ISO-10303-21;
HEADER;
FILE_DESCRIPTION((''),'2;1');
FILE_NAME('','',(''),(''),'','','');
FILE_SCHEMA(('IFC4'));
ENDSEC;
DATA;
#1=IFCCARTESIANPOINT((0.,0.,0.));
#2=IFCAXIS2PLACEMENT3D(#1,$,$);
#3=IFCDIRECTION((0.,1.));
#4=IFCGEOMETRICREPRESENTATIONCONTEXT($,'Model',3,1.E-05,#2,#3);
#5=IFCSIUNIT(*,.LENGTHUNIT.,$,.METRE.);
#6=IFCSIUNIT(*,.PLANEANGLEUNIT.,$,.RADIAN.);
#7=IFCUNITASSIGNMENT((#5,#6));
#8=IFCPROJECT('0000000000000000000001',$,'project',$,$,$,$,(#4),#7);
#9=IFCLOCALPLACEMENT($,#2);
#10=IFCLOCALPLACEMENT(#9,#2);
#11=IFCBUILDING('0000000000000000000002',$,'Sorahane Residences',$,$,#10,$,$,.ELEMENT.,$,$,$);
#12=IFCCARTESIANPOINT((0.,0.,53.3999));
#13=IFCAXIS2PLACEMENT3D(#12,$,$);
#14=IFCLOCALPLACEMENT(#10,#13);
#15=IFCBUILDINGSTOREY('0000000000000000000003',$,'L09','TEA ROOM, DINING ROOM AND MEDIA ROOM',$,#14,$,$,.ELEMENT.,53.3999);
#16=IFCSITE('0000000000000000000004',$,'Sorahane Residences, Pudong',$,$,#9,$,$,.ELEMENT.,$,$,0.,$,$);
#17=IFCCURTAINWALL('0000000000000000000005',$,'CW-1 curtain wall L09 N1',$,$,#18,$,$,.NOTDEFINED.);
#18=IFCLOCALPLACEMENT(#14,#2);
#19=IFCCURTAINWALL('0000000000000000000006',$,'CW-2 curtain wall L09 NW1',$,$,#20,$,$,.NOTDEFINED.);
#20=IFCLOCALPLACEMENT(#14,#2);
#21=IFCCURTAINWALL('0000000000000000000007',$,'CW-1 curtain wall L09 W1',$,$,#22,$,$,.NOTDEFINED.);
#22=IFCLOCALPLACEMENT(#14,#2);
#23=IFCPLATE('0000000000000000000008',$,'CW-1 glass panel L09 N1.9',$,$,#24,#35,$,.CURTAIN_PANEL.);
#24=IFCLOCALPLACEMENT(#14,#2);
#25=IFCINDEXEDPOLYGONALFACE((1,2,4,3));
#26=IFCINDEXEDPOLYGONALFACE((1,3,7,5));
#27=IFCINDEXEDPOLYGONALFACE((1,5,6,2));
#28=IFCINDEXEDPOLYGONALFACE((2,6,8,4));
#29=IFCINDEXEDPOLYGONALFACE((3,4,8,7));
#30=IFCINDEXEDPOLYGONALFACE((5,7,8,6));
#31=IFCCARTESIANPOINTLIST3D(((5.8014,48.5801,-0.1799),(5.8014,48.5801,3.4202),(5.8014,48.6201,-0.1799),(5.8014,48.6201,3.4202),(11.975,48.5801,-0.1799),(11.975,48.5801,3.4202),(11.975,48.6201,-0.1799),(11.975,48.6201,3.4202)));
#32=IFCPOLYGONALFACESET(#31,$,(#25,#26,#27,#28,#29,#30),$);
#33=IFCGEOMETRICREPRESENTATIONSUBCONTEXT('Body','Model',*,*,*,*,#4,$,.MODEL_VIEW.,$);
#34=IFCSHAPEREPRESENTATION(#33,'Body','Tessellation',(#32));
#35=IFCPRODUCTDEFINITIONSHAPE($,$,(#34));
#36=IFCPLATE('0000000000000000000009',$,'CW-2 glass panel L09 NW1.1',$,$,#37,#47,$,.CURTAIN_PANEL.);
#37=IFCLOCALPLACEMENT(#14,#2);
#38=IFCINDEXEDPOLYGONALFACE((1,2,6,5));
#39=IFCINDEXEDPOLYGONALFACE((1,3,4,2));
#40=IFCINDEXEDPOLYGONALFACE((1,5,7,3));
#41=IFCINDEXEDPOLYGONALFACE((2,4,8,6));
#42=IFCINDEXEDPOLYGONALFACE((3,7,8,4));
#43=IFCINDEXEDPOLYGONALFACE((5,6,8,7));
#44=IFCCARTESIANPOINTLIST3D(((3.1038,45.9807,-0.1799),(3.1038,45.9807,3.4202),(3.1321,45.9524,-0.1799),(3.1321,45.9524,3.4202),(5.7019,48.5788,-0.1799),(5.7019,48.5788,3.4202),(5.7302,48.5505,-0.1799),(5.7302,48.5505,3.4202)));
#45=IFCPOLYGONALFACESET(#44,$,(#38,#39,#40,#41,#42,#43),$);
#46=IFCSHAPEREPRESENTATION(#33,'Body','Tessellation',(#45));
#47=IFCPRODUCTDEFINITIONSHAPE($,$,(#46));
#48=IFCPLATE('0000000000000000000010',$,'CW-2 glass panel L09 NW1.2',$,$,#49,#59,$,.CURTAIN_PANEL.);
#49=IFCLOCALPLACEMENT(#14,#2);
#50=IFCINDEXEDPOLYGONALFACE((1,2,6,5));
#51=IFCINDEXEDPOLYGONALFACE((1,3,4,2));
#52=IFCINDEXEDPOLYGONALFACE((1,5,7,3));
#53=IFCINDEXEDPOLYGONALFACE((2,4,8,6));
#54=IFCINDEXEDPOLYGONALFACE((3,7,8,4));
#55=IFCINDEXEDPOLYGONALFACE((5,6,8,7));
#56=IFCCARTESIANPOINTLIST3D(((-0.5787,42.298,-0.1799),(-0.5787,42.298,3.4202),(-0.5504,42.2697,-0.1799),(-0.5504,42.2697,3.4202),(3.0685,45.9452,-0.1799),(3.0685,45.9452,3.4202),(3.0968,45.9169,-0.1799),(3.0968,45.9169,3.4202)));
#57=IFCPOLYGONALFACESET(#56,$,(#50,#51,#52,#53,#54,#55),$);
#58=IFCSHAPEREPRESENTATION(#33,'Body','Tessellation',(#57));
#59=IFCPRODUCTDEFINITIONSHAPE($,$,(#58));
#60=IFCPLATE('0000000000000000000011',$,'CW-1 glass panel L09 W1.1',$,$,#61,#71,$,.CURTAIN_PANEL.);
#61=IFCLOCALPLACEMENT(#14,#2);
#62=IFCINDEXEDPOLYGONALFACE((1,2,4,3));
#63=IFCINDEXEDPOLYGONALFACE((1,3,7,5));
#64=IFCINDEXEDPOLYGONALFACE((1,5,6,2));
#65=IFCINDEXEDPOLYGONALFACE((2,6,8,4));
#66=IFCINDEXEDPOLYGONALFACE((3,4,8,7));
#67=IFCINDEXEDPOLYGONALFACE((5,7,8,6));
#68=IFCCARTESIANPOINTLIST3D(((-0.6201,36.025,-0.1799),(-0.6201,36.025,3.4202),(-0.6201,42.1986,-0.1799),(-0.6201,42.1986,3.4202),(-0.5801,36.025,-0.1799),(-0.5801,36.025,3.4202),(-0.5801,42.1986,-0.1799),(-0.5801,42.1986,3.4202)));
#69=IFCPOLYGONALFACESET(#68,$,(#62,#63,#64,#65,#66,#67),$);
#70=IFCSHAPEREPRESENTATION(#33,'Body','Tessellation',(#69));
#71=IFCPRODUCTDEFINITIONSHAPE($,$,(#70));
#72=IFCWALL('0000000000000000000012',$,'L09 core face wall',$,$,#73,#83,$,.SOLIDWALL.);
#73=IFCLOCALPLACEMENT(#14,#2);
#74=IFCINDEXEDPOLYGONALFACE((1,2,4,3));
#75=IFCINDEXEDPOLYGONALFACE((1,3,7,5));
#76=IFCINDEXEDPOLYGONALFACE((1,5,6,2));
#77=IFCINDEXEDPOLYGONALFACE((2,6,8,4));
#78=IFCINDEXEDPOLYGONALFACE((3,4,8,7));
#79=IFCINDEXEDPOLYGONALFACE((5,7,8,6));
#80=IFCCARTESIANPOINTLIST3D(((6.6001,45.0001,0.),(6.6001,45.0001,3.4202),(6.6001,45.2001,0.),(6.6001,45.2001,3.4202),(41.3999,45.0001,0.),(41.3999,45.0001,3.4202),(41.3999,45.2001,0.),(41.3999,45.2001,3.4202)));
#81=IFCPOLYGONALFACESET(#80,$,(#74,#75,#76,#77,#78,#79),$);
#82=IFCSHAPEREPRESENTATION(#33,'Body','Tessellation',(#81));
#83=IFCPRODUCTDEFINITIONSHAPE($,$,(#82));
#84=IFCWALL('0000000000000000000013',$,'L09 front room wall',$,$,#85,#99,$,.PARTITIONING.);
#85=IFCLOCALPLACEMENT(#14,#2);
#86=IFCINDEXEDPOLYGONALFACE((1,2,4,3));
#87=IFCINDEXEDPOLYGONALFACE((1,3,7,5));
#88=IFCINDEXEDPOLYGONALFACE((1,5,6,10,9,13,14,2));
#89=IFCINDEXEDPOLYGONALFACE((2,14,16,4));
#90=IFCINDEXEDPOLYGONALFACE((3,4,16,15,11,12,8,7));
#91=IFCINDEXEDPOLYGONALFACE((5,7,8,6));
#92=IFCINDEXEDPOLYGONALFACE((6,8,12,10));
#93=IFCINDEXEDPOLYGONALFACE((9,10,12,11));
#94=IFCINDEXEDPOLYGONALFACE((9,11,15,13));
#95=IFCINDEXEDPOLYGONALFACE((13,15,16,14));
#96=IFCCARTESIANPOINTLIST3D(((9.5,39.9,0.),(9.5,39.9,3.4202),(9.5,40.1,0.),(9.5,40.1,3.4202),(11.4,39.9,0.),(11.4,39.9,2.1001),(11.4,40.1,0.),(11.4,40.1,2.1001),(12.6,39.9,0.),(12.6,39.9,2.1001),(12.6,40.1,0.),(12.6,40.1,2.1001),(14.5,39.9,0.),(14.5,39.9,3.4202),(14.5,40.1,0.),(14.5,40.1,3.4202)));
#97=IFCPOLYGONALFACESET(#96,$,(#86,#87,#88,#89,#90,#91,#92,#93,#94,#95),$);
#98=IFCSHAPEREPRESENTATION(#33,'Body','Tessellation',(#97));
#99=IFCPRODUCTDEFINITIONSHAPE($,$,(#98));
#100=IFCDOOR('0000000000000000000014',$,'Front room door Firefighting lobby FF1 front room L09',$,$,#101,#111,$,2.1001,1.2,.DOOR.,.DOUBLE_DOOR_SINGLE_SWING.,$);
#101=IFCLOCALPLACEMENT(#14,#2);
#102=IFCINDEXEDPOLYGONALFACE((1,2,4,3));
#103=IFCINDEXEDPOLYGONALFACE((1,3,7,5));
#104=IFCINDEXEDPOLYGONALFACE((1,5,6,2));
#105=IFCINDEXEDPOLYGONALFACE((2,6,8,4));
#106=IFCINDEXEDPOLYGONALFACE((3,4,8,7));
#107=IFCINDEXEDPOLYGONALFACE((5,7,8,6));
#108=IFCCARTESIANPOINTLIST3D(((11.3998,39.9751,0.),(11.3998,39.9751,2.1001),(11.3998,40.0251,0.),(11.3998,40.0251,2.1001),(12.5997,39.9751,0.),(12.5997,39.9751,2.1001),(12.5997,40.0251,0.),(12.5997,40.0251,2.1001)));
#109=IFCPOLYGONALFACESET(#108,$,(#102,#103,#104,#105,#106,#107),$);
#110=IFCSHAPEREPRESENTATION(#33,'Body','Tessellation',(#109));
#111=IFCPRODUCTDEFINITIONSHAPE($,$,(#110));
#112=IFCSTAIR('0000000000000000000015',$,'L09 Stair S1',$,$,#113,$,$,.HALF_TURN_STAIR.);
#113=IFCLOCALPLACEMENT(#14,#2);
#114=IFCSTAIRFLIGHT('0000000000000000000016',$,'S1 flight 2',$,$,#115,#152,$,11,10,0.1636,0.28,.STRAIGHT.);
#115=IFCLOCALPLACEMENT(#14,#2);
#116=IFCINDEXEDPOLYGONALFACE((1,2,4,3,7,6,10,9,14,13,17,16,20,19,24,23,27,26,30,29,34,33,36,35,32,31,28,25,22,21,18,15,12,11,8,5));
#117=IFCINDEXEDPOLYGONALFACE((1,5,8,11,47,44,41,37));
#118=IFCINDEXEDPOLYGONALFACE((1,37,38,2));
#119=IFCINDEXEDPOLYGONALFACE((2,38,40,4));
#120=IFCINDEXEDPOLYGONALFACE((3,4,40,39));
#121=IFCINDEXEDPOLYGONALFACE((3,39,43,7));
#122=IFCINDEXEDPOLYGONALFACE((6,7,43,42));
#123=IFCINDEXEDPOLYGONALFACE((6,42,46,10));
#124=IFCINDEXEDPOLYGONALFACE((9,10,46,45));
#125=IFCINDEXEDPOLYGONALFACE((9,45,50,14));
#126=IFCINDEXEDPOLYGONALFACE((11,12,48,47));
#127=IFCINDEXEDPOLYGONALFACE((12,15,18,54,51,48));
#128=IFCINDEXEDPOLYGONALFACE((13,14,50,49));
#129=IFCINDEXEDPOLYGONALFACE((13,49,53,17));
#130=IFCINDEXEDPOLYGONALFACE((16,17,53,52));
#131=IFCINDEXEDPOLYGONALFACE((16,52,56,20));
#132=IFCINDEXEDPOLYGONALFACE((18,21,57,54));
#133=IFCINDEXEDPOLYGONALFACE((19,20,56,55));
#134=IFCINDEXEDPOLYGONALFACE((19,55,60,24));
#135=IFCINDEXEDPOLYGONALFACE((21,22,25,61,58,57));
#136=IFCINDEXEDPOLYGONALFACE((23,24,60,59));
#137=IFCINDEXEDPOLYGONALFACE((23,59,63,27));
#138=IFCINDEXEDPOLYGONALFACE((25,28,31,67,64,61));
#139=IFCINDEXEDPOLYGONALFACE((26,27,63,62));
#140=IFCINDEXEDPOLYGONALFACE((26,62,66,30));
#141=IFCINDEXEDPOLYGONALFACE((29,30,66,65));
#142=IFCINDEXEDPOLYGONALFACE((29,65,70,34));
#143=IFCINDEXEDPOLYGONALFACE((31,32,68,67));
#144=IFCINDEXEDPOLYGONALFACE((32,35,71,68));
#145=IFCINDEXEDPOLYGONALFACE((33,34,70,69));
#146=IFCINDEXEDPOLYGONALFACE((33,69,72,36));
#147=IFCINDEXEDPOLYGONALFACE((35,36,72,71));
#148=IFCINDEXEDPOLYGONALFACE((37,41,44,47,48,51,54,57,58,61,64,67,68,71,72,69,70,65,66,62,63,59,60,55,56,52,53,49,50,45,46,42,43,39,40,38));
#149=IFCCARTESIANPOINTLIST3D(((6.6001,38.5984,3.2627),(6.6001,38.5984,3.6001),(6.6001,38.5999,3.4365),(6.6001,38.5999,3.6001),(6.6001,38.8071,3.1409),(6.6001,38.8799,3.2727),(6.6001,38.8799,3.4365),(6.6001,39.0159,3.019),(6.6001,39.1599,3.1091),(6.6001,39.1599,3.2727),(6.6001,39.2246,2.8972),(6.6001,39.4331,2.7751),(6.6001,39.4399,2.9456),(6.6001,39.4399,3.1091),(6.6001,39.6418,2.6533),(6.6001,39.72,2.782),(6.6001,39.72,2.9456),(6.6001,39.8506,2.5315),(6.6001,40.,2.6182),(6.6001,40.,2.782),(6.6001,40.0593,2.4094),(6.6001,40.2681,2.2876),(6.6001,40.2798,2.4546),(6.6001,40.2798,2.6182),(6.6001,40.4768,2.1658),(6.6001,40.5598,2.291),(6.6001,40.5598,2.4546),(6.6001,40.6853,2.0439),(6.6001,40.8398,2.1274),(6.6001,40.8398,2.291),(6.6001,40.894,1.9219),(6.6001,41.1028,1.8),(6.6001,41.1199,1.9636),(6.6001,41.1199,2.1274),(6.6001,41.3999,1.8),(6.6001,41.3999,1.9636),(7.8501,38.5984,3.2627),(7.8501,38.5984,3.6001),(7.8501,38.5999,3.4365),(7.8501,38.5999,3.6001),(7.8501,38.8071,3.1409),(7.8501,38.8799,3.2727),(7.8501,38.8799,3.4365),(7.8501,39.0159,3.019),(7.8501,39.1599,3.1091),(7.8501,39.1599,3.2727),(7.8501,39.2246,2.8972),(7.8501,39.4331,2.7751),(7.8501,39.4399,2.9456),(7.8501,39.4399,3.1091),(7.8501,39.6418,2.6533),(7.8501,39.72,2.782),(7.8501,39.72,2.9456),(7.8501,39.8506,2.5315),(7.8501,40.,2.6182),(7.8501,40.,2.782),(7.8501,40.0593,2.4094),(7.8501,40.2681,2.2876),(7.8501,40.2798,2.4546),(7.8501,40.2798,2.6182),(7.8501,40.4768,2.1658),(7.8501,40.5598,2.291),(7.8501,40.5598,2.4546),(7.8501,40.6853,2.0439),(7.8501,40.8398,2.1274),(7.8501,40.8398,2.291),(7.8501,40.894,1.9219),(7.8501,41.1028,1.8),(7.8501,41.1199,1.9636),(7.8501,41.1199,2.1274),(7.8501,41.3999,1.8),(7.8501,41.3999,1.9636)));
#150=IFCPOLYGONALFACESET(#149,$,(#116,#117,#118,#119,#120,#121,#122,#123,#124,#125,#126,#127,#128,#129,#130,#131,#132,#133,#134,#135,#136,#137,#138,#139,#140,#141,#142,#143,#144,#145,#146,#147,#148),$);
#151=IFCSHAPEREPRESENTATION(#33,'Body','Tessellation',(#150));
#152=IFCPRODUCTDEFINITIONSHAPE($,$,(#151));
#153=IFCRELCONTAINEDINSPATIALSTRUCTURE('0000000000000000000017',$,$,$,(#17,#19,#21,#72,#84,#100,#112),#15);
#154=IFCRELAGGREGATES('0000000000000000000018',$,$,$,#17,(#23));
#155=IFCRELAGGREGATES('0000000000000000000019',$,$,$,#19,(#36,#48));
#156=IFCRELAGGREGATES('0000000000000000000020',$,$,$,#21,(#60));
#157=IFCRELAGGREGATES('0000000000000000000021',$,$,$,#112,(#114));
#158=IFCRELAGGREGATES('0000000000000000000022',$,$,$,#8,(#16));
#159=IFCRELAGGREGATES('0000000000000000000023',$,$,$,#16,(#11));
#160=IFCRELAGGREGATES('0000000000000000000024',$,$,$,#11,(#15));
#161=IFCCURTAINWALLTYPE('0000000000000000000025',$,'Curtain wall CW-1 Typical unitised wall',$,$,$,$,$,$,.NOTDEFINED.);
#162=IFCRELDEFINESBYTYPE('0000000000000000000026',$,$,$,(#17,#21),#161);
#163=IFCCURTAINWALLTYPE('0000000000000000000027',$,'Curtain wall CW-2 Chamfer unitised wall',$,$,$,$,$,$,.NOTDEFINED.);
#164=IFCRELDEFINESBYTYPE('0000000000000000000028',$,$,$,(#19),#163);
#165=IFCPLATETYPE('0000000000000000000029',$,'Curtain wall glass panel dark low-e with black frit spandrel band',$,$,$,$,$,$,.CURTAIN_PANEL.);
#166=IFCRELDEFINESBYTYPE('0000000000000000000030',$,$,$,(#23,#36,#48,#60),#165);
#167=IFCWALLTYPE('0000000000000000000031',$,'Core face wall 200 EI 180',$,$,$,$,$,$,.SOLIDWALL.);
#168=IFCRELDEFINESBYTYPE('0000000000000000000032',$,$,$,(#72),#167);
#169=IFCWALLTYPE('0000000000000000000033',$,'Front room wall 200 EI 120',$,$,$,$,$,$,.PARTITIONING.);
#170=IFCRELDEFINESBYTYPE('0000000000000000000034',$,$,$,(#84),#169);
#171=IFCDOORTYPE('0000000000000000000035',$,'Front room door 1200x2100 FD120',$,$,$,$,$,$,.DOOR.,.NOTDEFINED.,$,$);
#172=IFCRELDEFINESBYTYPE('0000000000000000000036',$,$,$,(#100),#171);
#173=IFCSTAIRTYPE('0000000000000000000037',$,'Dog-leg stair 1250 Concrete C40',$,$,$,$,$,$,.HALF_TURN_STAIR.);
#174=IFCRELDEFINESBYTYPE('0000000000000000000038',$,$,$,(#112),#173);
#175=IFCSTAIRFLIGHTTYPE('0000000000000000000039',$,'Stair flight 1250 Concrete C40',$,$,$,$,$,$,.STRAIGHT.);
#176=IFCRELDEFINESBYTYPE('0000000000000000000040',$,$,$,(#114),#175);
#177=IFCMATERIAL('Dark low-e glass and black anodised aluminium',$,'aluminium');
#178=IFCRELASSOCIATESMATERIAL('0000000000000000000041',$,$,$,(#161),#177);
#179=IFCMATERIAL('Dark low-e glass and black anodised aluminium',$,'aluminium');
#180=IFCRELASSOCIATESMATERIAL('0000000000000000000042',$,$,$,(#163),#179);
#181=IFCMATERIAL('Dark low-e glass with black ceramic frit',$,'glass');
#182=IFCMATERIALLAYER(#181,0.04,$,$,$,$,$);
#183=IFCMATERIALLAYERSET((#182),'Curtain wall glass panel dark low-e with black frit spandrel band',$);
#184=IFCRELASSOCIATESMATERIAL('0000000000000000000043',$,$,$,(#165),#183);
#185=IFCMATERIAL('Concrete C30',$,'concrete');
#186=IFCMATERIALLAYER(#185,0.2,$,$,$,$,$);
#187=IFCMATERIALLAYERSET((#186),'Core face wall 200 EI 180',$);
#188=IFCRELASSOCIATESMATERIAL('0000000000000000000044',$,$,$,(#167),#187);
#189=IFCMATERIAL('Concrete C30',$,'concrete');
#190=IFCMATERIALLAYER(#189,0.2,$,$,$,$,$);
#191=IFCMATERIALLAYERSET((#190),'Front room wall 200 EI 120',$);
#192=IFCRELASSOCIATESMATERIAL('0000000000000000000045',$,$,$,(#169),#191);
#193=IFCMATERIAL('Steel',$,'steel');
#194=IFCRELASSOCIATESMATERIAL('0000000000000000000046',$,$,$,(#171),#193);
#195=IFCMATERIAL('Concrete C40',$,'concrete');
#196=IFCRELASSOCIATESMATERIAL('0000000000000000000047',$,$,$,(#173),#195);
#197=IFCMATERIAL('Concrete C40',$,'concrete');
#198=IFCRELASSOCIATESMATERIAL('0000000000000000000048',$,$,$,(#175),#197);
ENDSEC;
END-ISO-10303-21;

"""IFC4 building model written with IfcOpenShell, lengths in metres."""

from ifc_helpers import new_model, si_unit, direction, frame, frame_2d, origin, origin_2d, place, context, subcontext, project, spatial, polyline, rectangle, outline, extrude, material, layer, layer_set, type_object, element, fill, aggregate, save


model = new_model("IFC4")

# Units and contexts
model_context = context("Model", 3, precision=1e-05, world=origin(), true_north=direction((0.0, 1.0)))
body_context = subcontext(model_context, "Body", "Model", "MODEL_VIEW")
ifc_project = project(units=[si_unit("LENGTHUNIT", "METRE"), si_unit("PLANEANGLEUNIT", "RADIAN")], contexts=[model_context])

# Site, building, storey
site_placement = place(None, origin())
site = spatial("IfcSite", under=ifc_project, at=site_placement, Name="Sorahane Residences, Pudong", CompositionType="ELEMENT", RefElevation=0.0)
building_placement = place(site_placement, origin())
building = spatial("IfcBuilding", under=site, at=building_placement, Name="Sorahane Residences", CompositionType="ELEMENT")
storey_placement = place(building_placement, frame((0.0, 0.0, 53.3999)))
storey = spatial("IfcBuildingStorey", under=building, at=storey_placement, Name="L09", Description="TEA ROOM, DINING ROOM AND MEDIA ROOM", CompositionType="ELEMENT", Elevation=53.3999)

# Curtain wall
ifc_material_1 = material(Name="Dark low-e glass and black anodised aluminium", Category="aluminium")
curtain_wall_type_1 = type_object("IfcCurtainWallType", Name="Curtain wall CW-1 Typical unitised wall", PredefinedType="NOTDEFINED", material=ifc_material_1)
curtain_wall_1_placement = place(storey_placement, origin())
curtain_wall_1 = element("IfcCurtainWall", 1, at=curtain_wall_1_placement, inside=storey, type_object=curtain_wall_type_1, Name="CW-1 curtain wall L09 N1", PredefinedType="NOTDEFINED")

# Curtain wall
ifc_material_2 = material(Name="Dark low-e glass and black anodised aluminium", Category="aluminium")
curtain_wall_type_2 = type_object("IfcCurtainWallType", Name="Curtain wall CW-2 Chamfer unitised wall", PredefinedType="NOTDEFINED", material=ifc_material_2)
curtain_wall_2_placement = place(storey_placement, origin())
curtain_wall_2 = element("IfcCurtainWall", 2, at=curtain_wall_2_placement, inside=storey, type_object=curtain_wall_type_2, Name="CW-2 curtain wall L09 NW1", PredefinedType="NOTDEFINED")

# Curtain wall
curtain_wall_3_placement = place(storey_placement, origin())
curtain_wall_3 = element("IfcCurtainWall", 3, at=curtain_wall_3_placement, inside=storey, type_object=curtain_wall_type_1, Name="CW-1 curtain wall L09 W1", PredefinedType="NOTDEFINED")

# Plates
ifc_material_3 = material(Name="Dark low-e glass with black ceramic frit", Category="glass")
ifc_layer_1 = layer(ifc_material_3, 0.04)
ifc_layer_set_1 = layer_set([ifc_layer_1], Name="Curtain wall glass panel dark low-e with black frit spandrel band")
plate_type = type_object("IfcPlateType", Name="Curtain wall glass panel dark low-e with black frit spandrel band", PredefinedType="CURTAIN_PANEL", material=ifc_layer_set_1)
plate_1_placement = place(storey_placement, frame((8.8882, 48.6001, -0.1799), z_axis=(0.0, 0.0, 1.0), x_axis=(-1.0, 0.0, 0.0)))
plate_1 = element("IfcPlate", 4, at=plate_1_placement, type_object=plate_type, Name="CW-1 glass panel L09 N1.9", PredefinedType="CURTAIN_PANEL", context=body_context, shape_type="SweptSolid", body=[
    extrude(rectangle(XDim=6.1736, YDim=0.04, at=origin_2d()), origin(), (0.0, 0.0, 1.0), 3.6001),
])
aggregate(curtain_wall_1, [plate_1])
plate_2_placement = place(storey_placement, frame((4.417, 47.2656, -0.1799), z_axis=(0.0, 0.0, 1.0), x_axis=(-0.707107, -0.707107, 0.0)))
plate_2 = element("IfcPlate", 5, at=plate_2_placement, type_object=plate_type, Name="CW-2 glass panel L09 NW1.1", PredefinedType="CURTAIN_PANEL", context=body_context, shape_type="SweptSolid", body=[
    extrude(rectangle(XDim=3.6743, YDim=0.04, at=origin_2d()), origin(), (0.0, 0.0, 1.0), 3.6001),
])
plate_3_placement = place(storey_placement, frame((1.259, 44.1074, -0.1799), z_axis=(0.0, 0.0, 1.0), x_axis=(-0.707107, -0.707107, 0.0)))
plate_3 = element("IfcPlate", 6, at=plate_3_placement, type_object=plate_type, Name="CW-2 glass panel L09 NW1.2", PredefinedType="CURTAIN_PANEL", context=body_context, shape_type="SweptSolid", body=[
    extrude(rectangle(XDim=5.158, YDim=0.04, at=origin_2d()), origin(), (0.0, 0.0, 1.0), 3.6001),
])
aggregate(curtain_wall_2, [plate_2, plate_3])
plate_4_placement = place(storey_placement, frame((-0.6001, 39.1118, -0.1799), z_axis=(0.0, 0.0, 1.0), x_axis=(0.0, -1.0, 0.0)))
plate_4 = element("IfcPlate", 7, at=plate_4_placement, type_object=plate_type, Name="CW-1 glass panel L09 W1.1", PredefinedType="CURTAIN_PANEL", context=body_context, shape_type="SweptSolid", body=[
    extrude(rectangle(XDim=6.1736, YDim=0.04, at=origin_2d()), origin(), (0.0, 0.0, 1.0), 3.6001),
])
aggregate(curtain_wall_3, [plate_4])

# Wall
ifc_material_4 = material(Name="Concrete C30", Category="concrete")
ifc_layer_2 = layer(ifc_material_4, 0.2)
ifc_layer_set_2 = layer_set([ifc_layer_2], Name="Core face wall 200 EI 180")
wall_type_1 = type_object("IfcWallType", Name="Core face wall 200 EI 180", PredefinedType="SOLIDWALL", material=ifc_layer_set_2)
wall_1_placement = place(storey_placement, frame((6.6001, 45.1001, 0.0), z_axis=(0.0, 0.0, 1.0), x_axis=(1.0, 0.0, 0.0)))
element("IfcWall", 8, at=wall_1_placement, inside=storey, type_object=wall_type_1, Name="L09 core face wall", PredefinedType="SOLIDWALL", context=body_context, shape_type="SweptSolid", body=[
    extrude(rectangle(XDim=34.7998, YDim=0.2, at=frame_2d((17.3999, 0.0))), origin(), (0.0, 0.0, 1.0), 3.4202),
])

# Wall, opening, door
ifc_material_5 = material(Name="Concrete C30", Category="concrete")
ifc_layer_3 = layer(ifc_material_5, 0.2)
ifc_layer_set_3 = layer_set([ifc_layer_3], Name="Front room wall 200 EI 120")
wall_type_2 = type_object("IfcWallType", Name="Front room wall 200 EI 120", PredefinedType="PARTITIONING", material=ifc_layer_set_3)
wall_2_placement = place(storey_placement, frame((9.5, 40.0, 0.0), z_axis=(0.0, 0.0, 1.0), x_axis=(1.0, 0.0, 0.0)))
wall_2 = element("IfcWall", 9, at=wall_2_placement, inside=storey, type_object=wall_type_2, Name="L09 front room wall", PredefinedType="PARTITIONING", context=body_context, shape_type="SweptSolid", body=[
    extrude(rectangle(XDim=5.0, YDim=0.2, at=frame_2d((2.5, 0.0))), origin(), (0.0, 0.0, 1.0), 3.4202),
])
opening_placement = place(wall_2_placement, frame((1.8999, 0.0, 0.0)))
opening = element("IfcOpeningElement", 10, at=opening_placement, cuts=wall_2, PredefinedType="OPENING", context=body_context, shape_type="SweptSolid", body=[
    extrude(rectangle(XDim=1.2, YDim=2.1001, at=frame_2d((0.6001, 1.05))), frame((0.0, 0.1099, 0.0), z_axis=(0.0, -1.0, 0.0), x_axis=(1.0, 0.0, 0.0)), (0.0, 0.0, 1.0), 0.22),
])
ifc_material_6 = material(Name="Steel", Category="steel")
door_type = type_object("IfcDoorType", Name="Front room door 1200x2100 FD120", OperationType="NOTDEFINED", PredefinedType="DOOR", material=ifc_material_6)
door_placement = place(opening_placement, frame((1.2, 0.0, 0.0), z_axis=(0.0, 0.0, 1.0), x_axis=(-1.0, 0.0, 0.0)))
door = element("IfcDoor", 11, at=door_placement, inside=storey, type_object=door_type, Name="Front room door Firefighting lobby FF1 front room L09", OperationType="DOUBLE_DOOR_SINGLE_SWING", OverallHeight=2.1001, OverallWidth=1.2, PredefinedType="DOOR", context=body_context, shape_type="SweptSolid", body=[
    extrude(rectangle(XDim=1.2, YDim=2.1001, at=frame_2d((0.6001, 1.05))), frame((0.0, 0.0249, 0.0), z_axis=(0.0, -1.0, 0.0), x_axis=(1.0, 0.0, 0.0)), (0.0, 0.0, 1.0), 0.05),
])
fill(opening, door)

# Stair, stair flight
ifc_material_7 = material(Name="Concrete C40", Category="concrete")
stair_type = type_object("IfcStairType", Name="Dog-leg stair 1250 Concrete C40", PredefinedType="HALF_TURN_STAIR", material=ifc_material_7)
stair_placement = place(storey_placement, origin())
stair = element("IfcStair", 12, at=stair_placement, inside=storey, type_object=stair_type, Name="L09 Stair S1", PredefinedType="HALF_TURN_STAIR")
ifc_material_8 = material(Name="Concrete C40", Category="concrete")
stair_flight_type = type_object("IfcStairFlightType", Name="Stair flight 1250 Concrete C40", PredefinedType="STRAIGHT", material=ifc_material_8)
stair_flight_placement = place(storey_placement, frame((7.2251, 41.3999, 1.8), z_axis=(0.0, 0.0, 1.0), x_axis=(0.0, -1.0, 0.0)))
stair_flight = element("IfcStairFlight", 13, at=stair_flight_placement, type_object=stair_flight_type, Name="S1 flight 2", NumberOfRisers=11, NumberOfTreads=10, PredefinedType="STRAIGHT", RiserHeight=0.1636, TreadLength=0.28, context=body_context, shape_type="SweptSolid", body=[
    extrude(outline(polyline([(0.0, 0.0), (0.0, 0.1636), (0.28, 0.1636), (0.28, 0.3274), (0.5601, 0.3274), (0.5601, 0.491), (0.8401, 0.491), (0.8401, 0.6545), (1.1201, 0.6545), (1.1201, 0.8181), (1.3999, 0.8181), (1.3999, 0.9819), (1.6799, 0.9819), (1.6799, 1.1455), (1.96, 1.1455), (1.96, 1.3091), (2.24, 1.3091), (2.24, 1.4727), (2.52, 1.4727), (2.52, 1.6365), (2.8, 1.6365), (2.8, 1.8), (2.8015, 1.8), (2.8015, 1.4626), (2.5928, 1.3408), (2.384, 1.219), (2.1753, 1.0972), (1.9668, 0.9751), (1.7581, 0.8533), (1.5493, 0.7314), (1.3406, 0.6094), (1.1318, 0.4875), (0.9231, 0.3657), (0.7146, 0.2439), (0.5059, 0.1218), (0.2971, 0.0), (0.0, 0.0)])), frame((0.0, 0.625, 0.0), z_axis=(0.0, -1.0, 0.0), x_axis=(1.0, 0.0, 0.0)), (0.0, 0.0, 1.0), 1.25),
])
aggregate(stair, [stair_flight])

save(model, "model.ifc")
